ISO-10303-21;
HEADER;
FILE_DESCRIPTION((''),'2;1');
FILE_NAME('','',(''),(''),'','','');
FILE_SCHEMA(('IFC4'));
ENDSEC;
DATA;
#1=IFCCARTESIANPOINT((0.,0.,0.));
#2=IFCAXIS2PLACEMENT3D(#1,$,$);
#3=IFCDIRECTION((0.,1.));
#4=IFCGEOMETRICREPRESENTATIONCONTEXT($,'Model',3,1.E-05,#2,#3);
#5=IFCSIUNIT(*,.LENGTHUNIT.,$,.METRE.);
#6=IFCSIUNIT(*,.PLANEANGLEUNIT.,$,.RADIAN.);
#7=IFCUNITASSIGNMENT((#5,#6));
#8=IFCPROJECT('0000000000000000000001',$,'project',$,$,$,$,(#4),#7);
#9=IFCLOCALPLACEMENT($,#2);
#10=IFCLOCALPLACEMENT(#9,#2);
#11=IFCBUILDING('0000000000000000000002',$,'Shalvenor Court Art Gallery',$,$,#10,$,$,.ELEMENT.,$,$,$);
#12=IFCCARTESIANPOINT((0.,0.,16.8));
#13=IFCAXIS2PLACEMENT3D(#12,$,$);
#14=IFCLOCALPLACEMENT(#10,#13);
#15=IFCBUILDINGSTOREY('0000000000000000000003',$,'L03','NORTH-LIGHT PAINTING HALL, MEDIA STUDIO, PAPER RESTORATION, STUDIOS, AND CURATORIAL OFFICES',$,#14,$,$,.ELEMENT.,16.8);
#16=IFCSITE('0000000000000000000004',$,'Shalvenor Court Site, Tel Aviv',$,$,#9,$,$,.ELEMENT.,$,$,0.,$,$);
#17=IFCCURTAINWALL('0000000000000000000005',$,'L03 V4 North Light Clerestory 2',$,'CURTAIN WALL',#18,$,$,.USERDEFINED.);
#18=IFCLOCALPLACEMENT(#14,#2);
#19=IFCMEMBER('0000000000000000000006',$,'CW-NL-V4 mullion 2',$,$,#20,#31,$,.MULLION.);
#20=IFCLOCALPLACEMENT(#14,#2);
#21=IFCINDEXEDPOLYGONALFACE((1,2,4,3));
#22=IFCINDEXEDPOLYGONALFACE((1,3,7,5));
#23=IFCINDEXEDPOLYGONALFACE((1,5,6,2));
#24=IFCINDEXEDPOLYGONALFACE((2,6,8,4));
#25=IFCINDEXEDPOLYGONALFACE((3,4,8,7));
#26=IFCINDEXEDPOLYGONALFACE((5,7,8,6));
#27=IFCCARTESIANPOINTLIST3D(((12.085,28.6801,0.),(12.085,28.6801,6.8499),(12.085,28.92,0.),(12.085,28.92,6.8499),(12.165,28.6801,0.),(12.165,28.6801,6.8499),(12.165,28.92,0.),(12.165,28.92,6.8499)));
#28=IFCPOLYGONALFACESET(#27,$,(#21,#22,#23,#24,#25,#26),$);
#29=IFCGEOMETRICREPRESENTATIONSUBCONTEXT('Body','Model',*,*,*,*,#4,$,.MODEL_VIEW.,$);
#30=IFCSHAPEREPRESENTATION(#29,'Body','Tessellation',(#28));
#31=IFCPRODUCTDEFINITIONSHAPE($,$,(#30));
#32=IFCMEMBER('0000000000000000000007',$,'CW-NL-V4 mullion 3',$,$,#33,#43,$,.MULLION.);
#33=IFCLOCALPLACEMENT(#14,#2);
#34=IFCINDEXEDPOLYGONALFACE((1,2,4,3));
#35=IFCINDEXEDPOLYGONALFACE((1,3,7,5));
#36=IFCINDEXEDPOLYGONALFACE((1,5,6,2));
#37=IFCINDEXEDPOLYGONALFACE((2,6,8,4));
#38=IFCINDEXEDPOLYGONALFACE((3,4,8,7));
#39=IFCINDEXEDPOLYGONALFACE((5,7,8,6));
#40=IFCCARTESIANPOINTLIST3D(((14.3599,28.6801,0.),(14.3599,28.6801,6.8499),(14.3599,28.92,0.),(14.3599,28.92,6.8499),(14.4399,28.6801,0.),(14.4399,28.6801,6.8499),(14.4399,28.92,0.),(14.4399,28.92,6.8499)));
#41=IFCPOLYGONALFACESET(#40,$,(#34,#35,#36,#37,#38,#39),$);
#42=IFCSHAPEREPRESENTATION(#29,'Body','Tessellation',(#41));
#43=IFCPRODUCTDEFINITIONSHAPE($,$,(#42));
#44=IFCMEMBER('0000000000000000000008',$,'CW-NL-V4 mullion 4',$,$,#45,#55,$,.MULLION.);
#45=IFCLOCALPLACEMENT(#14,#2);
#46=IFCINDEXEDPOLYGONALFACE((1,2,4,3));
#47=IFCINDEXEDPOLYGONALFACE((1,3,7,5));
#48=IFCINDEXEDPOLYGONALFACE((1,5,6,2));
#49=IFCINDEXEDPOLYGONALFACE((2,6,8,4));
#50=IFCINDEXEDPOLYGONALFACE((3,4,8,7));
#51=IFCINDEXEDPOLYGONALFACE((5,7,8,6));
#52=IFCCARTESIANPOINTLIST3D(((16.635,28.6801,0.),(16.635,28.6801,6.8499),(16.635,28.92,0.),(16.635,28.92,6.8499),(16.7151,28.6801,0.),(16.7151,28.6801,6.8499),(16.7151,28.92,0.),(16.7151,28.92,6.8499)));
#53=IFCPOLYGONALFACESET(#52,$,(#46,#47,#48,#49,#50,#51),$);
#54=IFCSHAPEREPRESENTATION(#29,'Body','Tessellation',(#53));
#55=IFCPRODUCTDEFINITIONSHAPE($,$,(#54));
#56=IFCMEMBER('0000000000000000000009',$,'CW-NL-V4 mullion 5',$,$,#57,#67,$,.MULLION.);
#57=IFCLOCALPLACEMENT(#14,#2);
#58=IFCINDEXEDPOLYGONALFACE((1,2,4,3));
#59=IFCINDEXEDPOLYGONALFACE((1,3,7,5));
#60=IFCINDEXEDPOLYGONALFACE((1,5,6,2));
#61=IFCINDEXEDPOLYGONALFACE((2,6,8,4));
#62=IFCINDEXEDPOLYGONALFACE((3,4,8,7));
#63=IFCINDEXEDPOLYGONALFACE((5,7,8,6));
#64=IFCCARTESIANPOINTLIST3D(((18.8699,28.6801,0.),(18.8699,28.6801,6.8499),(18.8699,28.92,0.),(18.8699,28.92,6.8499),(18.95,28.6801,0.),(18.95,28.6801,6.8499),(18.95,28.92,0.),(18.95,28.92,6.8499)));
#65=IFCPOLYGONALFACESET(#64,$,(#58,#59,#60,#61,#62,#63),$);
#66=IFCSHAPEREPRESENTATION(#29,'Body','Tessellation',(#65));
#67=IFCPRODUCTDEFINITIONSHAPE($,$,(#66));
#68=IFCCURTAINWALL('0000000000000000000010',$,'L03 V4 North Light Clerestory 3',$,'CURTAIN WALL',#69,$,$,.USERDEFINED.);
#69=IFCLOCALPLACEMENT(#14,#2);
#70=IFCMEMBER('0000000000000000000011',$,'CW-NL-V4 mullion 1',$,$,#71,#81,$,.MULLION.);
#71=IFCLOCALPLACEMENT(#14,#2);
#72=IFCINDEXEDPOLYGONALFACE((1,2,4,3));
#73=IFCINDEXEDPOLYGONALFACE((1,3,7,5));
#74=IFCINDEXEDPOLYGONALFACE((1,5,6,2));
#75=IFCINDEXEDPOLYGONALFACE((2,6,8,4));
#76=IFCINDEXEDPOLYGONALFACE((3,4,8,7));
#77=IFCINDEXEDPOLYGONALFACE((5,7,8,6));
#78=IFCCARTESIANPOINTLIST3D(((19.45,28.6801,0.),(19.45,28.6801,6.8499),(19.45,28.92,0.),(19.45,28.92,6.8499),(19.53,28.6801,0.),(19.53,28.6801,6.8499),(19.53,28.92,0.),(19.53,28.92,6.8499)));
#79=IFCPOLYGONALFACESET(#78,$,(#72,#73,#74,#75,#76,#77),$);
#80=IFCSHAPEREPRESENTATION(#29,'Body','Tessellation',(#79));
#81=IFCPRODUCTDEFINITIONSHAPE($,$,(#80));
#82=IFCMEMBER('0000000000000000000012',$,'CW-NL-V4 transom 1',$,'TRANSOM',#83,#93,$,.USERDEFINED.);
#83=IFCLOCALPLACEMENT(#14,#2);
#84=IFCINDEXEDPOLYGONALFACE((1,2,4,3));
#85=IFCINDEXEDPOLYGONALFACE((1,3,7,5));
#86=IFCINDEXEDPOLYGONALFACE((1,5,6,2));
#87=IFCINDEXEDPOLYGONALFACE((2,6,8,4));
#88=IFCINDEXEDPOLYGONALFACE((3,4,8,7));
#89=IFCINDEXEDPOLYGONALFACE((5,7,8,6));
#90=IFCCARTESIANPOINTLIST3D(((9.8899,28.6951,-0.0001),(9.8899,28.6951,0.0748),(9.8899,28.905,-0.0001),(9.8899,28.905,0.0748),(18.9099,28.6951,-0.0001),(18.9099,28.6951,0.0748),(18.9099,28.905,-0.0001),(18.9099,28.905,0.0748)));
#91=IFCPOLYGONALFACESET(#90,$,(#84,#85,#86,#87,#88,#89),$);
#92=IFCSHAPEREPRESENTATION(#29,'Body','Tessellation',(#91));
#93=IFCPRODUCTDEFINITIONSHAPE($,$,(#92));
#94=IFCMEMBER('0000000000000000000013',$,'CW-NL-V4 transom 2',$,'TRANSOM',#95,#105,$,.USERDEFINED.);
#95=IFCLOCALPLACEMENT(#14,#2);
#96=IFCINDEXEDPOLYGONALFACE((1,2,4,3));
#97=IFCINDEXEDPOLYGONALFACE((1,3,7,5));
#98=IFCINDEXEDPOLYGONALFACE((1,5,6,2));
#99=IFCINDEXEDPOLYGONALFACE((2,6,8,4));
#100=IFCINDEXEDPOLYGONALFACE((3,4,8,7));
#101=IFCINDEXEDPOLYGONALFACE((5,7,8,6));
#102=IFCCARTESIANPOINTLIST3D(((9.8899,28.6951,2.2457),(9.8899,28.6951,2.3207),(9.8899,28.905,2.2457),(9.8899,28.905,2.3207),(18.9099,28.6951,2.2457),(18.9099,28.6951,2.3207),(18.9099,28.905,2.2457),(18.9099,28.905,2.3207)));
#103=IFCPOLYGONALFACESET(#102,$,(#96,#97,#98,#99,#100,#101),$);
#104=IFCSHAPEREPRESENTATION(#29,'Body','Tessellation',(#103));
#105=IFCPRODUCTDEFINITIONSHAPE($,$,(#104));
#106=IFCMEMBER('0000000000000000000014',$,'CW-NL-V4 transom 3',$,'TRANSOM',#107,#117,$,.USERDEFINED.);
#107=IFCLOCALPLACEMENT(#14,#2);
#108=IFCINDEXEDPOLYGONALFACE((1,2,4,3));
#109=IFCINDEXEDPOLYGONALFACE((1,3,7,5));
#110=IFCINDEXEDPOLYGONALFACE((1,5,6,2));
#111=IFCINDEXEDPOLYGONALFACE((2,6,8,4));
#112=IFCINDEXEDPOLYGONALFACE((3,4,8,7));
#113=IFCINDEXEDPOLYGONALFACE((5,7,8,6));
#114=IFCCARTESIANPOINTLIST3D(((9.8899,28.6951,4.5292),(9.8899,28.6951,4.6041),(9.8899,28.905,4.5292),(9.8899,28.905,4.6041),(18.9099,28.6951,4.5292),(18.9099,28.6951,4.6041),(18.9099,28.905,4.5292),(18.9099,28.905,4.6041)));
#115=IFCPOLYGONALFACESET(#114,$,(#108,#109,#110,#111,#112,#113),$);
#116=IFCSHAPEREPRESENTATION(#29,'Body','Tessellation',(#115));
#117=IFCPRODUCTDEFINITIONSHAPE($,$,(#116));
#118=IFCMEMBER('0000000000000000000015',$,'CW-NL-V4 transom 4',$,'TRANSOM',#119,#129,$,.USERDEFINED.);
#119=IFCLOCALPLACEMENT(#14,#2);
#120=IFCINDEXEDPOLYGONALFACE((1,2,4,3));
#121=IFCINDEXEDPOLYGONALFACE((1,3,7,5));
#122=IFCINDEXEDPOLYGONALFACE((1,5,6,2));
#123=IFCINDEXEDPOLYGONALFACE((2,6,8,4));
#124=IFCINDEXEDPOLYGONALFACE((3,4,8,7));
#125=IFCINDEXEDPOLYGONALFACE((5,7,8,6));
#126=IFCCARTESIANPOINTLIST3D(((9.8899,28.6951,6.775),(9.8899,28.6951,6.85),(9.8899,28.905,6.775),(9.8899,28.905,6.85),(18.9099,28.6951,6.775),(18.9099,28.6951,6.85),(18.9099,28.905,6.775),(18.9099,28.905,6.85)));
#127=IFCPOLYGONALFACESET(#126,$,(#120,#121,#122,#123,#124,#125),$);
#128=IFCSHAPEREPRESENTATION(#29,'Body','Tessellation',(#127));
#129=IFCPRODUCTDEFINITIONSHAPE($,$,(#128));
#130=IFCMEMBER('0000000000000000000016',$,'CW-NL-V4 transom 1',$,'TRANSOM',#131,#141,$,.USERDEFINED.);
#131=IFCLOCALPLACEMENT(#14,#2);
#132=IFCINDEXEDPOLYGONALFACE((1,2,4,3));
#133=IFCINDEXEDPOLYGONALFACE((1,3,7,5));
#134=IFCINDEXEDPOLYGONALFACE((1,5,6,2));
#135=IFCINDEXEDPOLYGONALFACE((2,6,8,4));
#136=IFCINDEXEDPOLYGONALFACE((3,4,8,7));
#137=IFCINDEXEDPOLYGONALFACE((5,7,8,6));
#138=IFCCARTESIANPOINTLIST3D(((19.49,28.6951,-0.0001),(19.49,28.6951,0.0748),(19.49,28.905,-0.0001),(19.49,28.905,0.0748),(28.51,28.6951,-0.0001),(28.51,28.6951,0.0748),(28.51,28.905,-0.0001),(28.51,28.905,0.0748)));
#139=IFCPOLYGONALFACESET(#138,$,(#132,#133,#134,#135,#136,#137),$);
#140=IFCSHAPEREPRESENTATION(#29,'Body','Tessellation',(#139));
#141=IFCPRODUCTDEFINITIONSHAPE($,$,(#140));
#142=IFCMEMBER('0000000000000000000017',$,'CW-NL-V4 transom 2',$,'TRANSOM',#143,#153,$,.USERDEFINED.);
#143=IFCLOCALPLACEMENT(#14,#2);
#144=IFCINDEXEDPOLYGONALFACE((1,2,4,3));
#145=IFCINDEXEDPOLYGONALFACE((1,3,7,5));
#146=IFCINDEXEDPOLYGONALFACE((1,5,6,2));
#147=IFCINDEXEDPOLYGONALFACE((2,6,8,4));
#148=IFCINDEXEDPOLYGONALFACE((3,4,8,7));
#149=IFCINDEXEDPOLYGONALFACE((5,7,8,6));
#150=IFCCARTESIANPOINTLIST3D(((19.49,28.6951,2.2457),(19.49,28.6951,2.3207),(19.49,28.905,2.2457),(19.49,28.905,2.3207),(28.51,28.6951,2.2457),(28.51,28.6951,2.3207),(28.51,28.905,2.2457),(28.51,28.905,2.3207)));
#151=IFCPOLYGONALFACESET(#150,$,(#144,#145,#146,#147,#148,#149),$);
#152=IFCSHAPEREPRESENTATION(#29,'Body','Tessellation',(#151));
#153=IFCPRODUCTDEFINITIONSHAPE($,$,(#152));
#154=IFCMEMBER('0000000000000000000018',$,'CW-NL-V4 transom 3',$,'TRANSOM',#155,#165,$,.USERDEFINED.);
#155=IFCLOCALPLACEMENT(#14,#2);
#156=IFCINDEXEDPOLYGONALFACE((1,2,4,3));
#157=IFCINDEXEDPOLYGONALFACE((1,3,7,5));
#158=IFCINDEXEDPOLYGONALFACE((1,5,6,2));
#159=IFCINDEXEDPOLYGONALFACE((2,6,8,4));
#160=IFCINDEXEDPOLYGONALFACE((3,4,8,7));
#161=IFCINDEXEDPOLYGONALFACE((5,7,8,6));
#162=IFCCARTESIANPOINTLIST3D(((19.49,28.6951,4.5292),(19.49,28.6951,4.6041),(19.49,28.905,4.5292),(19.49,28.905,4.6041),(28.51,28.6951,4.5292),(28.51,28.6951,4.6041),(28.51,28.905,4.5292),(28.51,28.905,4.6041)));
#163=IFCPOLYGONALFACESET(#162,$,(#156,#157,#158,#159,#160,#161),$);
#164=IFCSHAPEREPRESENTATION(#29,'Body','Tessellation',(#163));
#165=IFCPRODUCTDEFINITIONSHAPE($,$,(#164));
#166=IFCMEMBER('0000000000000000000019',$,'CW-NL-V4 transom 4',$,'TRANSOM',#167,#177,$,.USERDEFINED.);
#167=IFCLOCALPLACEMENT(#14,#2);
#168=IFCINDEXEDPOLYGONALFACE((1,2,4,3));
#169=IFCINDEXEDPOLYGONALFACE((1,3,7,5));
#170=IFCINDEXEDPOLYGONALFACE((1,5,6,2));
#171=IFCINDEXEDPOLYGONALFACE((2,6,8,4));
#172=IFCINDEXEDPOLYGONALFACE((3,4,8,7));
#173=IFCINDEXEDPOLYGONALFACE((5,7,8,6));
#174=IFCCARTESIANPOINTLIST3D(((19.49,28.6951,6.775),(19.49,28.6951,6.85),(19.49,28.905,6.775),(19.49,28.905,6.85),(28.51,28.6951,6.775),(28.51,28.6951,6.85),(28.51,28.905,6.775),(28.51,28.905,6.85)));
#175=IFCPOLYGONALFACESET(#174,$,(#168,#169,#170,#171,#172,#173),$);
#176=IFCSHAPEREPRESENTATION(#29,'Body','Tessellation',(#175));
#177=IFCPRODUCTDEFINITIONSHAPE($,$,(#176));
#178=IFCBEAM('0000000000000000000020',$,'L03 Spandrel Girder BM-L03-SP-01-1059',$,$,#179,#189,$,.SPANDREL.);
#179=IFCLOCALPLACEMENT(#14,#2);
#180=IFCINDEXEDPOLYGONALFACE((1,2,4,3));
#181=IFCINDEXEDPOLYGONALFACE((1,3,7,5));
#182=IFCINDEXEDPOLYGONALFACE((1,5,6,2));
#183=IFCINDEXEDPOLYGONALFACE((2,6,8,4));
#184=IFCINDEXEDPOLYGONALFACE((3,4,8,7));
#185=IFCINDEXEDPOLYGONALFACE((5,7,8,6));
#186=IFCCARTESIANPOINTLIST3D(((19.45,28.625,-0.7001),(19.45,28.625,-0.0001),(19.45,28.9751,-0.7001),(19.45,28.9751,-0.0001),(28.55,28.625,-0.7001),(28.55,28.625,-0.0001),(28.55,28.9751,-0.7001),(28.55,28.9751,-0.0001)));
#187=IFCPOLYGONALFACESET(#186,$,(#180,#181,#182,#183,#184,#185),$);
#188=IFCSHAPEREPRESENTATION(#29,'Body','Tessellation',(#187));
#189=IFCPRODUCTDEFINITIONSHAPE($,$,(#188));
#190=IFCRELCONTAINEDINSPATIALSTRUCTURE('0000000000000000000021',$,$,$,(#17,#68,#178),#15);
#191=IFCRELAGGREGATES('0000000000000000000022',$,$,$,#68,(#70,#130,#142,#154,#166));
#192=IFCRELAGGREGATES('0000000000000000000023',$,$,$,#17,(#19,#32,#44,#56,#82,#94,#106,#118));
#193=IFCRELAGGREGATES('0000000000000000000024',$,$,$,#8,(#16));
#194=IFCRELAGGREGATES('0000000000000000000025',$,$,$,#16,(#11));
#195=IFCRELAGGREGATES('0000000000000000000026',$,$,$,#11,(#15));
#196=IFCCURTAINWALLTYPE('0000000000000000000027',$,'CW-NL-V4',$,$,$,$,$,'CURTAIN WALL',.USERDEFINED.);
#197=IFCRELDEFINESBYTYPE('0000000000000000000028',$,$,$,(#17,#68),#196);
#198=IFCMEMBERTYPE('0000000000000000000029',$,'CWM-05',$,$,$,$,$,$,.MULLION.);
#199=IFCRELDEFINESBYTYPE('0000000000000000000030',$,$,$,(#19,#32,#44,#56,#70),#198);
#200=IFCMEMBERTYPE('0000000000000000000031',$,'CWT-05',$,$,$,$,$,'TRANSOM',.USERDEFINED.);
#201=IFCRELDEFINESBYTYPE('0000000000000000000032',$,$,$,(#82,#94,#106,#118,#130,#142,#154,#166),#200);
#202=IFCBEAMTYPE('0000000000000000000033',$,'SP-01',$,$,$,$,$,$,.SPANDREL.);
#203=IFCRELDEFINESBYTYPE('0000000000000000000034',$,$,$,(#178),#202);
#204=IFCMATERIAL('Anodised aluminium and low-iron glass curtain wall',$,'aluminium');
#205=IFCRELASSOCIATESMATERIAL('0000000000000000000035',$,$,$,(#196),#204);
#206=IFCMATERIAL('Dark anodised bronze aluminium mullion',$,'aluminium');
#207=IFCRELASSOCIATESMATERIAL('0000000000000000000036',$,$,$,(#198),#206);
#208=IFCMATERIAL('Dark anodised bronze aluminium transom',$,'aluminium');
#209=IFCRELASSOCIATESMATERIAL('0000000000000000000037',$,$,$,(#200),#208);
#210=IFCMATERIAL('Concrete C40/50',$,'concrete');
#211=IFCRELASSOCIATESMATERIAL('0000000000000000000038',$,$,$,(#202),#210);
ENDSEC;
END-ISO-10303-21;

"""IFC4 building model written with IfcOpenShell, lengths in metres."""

from ifc_helpers import new_model, si_unit, direction, frame, origin, origin_2d, place, context, subcontext, project, spatial, rectangle, extrude, material, material_profile, profile_set, type_object, element, aggregate, save


model = new_model("IFC4")

# Units and contexts
model_context = context("Model", 3, precision=1e-05, world=origin(), true_north=direction((0.0, 1.0)))
body_context = subcontext(model_context, "Body", "Model", "MODEL_VIEW")
ifc_project = project(units=[si_unit("LENGTHUNIT", "METRE"), si_unit("PLANEANGLEUNIT", "RADIAN")], contexts=[model_context])

# Site, building, storey
site_placement = place(None, origin())
site = spatial("IfcSite", under=ifc_project, at=site_placement, Name="Shalvenor Court Site, Tel Aviv", CompositionType="ELEMENT", RefElevation=0.0)
building_placement = place(site_placement, origin())
building = spatial("IfcBuilding", under=site, at=building_placement, Name="Shalvenor Court Art Gallery", CompositionType="ELEMENT")
storey_placement = place(building_placement, frame((0.0, 0.0, 16.8)))
storey = spatial("IfcBuildingStorey", under=building, at=storey_placement, Name="L03", Description="NORTH-LIGHT PAINTING HALL, MEDIA STUDIO, PAPER RESTORATION, STUDIOS, AND CURATORIAL OFFICES", CompositionType="ELEMENT", Elevation=16.8)

# Curtain wall, members
ifc_material_1 = material(Name="Anodised aluminium and low-iron glass curtain wall", Category="aluminium")
curtain_wall_type = type_object("IfcCurtainWallType", Name="CW-NL-V4", ElementType="CURTAIN WALL", PredefinedType="USERDEFINED", material=ifc_material_1)
curtain_wall_1_placement = place(storey_placement, origin())
curtain_wall_1 = element("IfcCurtainWall", 1, at=curtain_wall_1_placement, inside=storey, type_object=curtain_wall_type, Name="L03 V4 North Light Clerestory 2", ObjectType="CURTAIN WALL", PredefinedType="USERDEFINED")
ifc_material_2 = material(Name="Dark anodised bronze aluminium mullion", Category="aluminium")
ifc_material_profile_1 = material_profile(ifc_material_2, rectangle(XDim=0.0801, YDim=0.24, at=origin_2d()), Name="CWM-05")
ifc_profile_set_1 = profile_set([ifc_material_profile_1], Name="Dark anodised bronze aluminium mullion")
member_type_1 = type_object("IfcMemberType", Name="CWM-05", PredefinedType="MULLION", material=ifc_profile_set_1)
member_1_placement = place(storey_placement, frame((12.125, 28.8, 0.0), z_axis=(0.0, 0.0, 1.0), x_axis=(1.0, 0.0, 0.0)))
member_1 = element("IfcMember", 2, at=member_1_placement, type_object=member_type_1, Name="CW-NL-V4 mullion 2", PredefinedType="MULLION", context=body_context, shape_type="SweptSolid", body=[
    extrude(rectangle(XDim=0.0801, YDim=0.24, at=origin_2d()), origin(), (0.0, 0.0, 1.0), 6.8499),
])
member_2_placement = place(storey_placement, frame((14.3999, 28.8, 0.0), z_axis=(0.0, 0.0, 1.0), x_axis=(1.0, 0.0, 0.0)))
member_2 = element("IfcMember", 3, at=member_2_placement, type_object=member_type_1, Name="CW-NL-V4 mullion 3", PredefinedType="MULLION", context=body_context, shape_type="SweptSolid", body=[
    extrude(rectangle(XDim=0.0801, YDim=0.24, at=origin_2d()), origin(), (0.0, 0.0, 1.0), 6.8499),
])
member_3_placement = place(storey_placement, frame((16.675, 28.8, 0.0), z_axis=(0.0, 0.0, 1.0), x_axis=(1.0, 0.0, 0.0)))
member_3 = element("IfcMember", 4, at=member_3_placement, type_object=member_type_1, Name="CW-NL-V4 mullion 4", PredefinedType="MULLION", context=body_context, shape_type="SweptSolid", body=[
    extrude(rectangle(XDim=0.0801, YDim=0.24, at=origin_2d()), origin(), (0.0, 0.0, 1.0), 6.8499),
])
member_4_placement = place(storey_placement, frame((18.9099, 28.8, 0.0), z_axis=(0.0, 0.0, 1.0), x_axis=(1.0, 0.0, 0.0)))
member_4 = element("IfcMember", 5, at=member_4_placement, type_object=member_type_1, Name="CW-NL-V4 mullion 5", PredefinedType="MULLION", context=body_context, shape_type="SweptSolid", body=[
    extrude(rectangle(XDim=0.0801, YDim=0.24, at=origin_2d()), origin(), (0.0, 0.0, 1.0), 6.8499),
])

# Curtain wall, member
curtain_wall_2_placement = place(storey_placement, origin())
curtain_wall_2 = element("IfcCurtainWall", 6, at=curtain_wall_2_placement, inside=storey, type_object=curtain_wall_type, Name="L03 V4 North Light Clerestory 3", ObjectType="CURTAIN WALL", PredefinedType="USERDEFINED")
member_5_placement = place(storey_placement, frame((19.49, 28.8, 0.0), z_axis=(0.0, 0.0, 1.0), x_axis=(1.0, 0.0, 0.0)))
member_5 = element("IfcMember", 7, at=member_5_placement, type_object=member_type_1, Name="CW-NL-V4 mullion 1", PredefinedType="MULLION", context=body_context, shape_type="SweptSolid", body=[
    extrude(rectangle(XDim=0.0801, YDim=0.24, at=origin_2d()), origin(), (0.0, 0.0, 1.0), 6.8499),
])

# Members
ifc_material_3 = material(Name="Dark anodised bronze aluminium transom", Category="aluminium")
ifc_material_profile_2 = material_profile(ifc_material_3, rectangle(XDim=0.21, YDim=0.075, at=origin_2d()), Name="CWT-05")
ifc_profile_set_2 = profile_set([ifc_material_profile_2], Name="Dark anodised bronze aluminium transom")
member_type_2 = type_object("IfcMemberType", Name="CWT-05", ElementType="TRANSOM", PredefinedType="USERDEFINED", material=ifc_profile_set_2)
member_6_placement = place(storey_placement, frame((9.8899, 28.8, 0.0374), z_axis=(1.0, 0.0, 0.0), x_axis=(0.0, 1.0, 0.0)))
member_6 = element("IfcMember", 8, at=member_6_placement, type_object=member_type_2, Name="CW-NL-V4 transom 1", ObjectType="TRANSOM", PredefinedType="USERDEFINED", context=body_context, shape_type="SweptSolid", body=[
    extrude(rectangle(XDim=0.21, YDim=0.075, at=origin_2d()), origin(), (0.0, 0.0, 1.0), 9.02),
])
member_7_placement = place(storey_placement, frame((9.8899, 28.8, 2.2832), z_axis=(1.0, 0.0, 0.0), x_axis=(0.0, 1.0, 0.0)))
member_7 = element("IfcMember", 9, at=member_7_placement, type_object=member_type_2, Name="CW-NL-V4 transom 2", ObjectType="TRANSOM", PredefinedType="USERDEFINED", context=body_context, shape_type="SweptSolid", body=[
    extrude(rectangle(XDim=0.21, YDim=0.075, at=origin_2d()), origin(), (0.0, 0.0, 1.0), 9.02),
])
member_8_placement = place(storey_placement, frame((9.8899, 28.8, 4.5667), z_axis=(1.0, 0.0, 0.0), x_axis=(0.0, 1.0, 0.0)))
member_8 = element("IfcMember", 10, at=member_8_placement, type_object=member_type_2, Name="CW-NL-V4 transom 3", ObjectType="TRANSOM", PredefinedType="USERDEFINED", context=body_context, shape_type="SweptSolid", body=[
    extrude(rectangle(XDim=0.21, YDim=0.075, at=origin_2d()), origin(), (0.0, 0.0, 1.0), 9.02),
])
member_9_placement = place(storey_placement, frame((9.8899, 28.8, 6.8125), z_axis=(1.0, 0.0, 0.0), x_axis=(0.0, 1.0, 0.0)))
member_9 = element("IfcMember", 11, at=member_9_placement, type_object=member_type_2, Name="CW-NL-V4 transom 4", ObjectType="TRANSOM", PredefinedType="USERDEFINED", context=body_context, shape_type="SweptSolid", body=[
    extrude(rectangle(XDim=0.21, YDim=0.075, at=origin_2d()), origin(), (0.0, 0.0, 1.0), 9.02),
])
member_10_placement = place(storey_placement, frame((19.49, 28.8, 0.0374), z_axis=(1.0, 0.0, 0.0), x_axis=(0.0, 1.0, 0.0)))
member_10 = element("IfcMember", 12, at=member_10_placement, type_object=member_type_2, Name="CW-NL-V4 transom 1", ObjectType="TRANSOM", PredefinedType="USERDEFINED", context=body_context, shape_type="SweptSolid", body=[
    extrude(rectangle(XDim=0.21, YDim=0.075, at=origin_2d()), origin(), (0.0, 0.0, 1.0), 9.02),
])
member_11_placement = place(storey_placement, frame((19.49, 28.8, 2.2832), z_axis=(1.0, 0.0, 0.0), x_axis=(0.0, 1.0, 0.0)))
member_11 = element("IfcMember", 13, at=member_11_placement, type_object=member_type_2, Name="CW-NL-V4 transom 2", ObjectType="TRANSOM", PredefinedType="USERDEFINED", context=body_context, shape_type="SweptSolid", body=[
    extrude(rectangle(XDim=0.21, YDim=0.075, at=origin_2d()), origin(), (0.0, 0.0, 1.0), 9.02),
])
member_12_placement = place(storey_placement, frame((19.49, 28.8, 4.5667), z_axis=(1.0, 0.0, 0.0), x_axis=(0.0, 1.0, 0.0)))
member_12 = element("IfcMember", 14, at=member_12_placement, type_object=member_type_2, Name="CW-NL-V4 transom 3", ObjectType="TRANSOM", PredefinedType="USERDEFINED", context=body_context, shape_type="SweptSolid", body=[
    extrude(rectangle(XDim=0.21, YDim=0.075, at=origin_2d()), origin(), (0.0, 0.0, 1.0), 9.02),
])
member_13_placement = place(storey_placement, frame((19.49, 28.8, 6.8125), z_axis=(1.0, 0.0, 0.0), x_axis=(0.0, 1.0, 0.0)))
member_13 = element("IfcMember", 15, at=member_13_placement, type_object=member_type_2, Name="CW-NL-V4 transom 4", ObjectType="TRANSOM", PredefinedType="USERDEFINED", context=body_context, shape_type="SweptSolid", body=[
    extrude(rectangle(XDim=0.21, YDim=0.075, at=origin_2d()), origin(), (0.0, 0.0, 1.0), 9.02),
])
aggregate(curtain_wall_2, [member_5, member_10, member_11, member_12, member_13])

# Beam
ifc_material_4 = material(Name="Concrete C40/50", Category="concrete")
ifc_material_profile_3 = material_profile(ifc_material_4, rectangle(XDim=0.3501, YDim=0.7, at=origin_2d()), Name="RC 350x700")
ifc_profile_set_3 = profile_set([ifc_material_profile_3], Name="Concrete C40/50")
beam_type = type_object("IfcBeamType", Name="SP-01", PredefinedType="SPANDREL", material=ifc_profile_set_3)
beam_placement = place(storey_placement, frame((19.45, 28.8, -0.3501), z_axis=(1.0, 0.0, 0.0), x_axis=(0.0, 1.0, 0.0)))
element("IfcBeam", 16, at=beam_placement, inside=storey, type_object=beam_type, Name="L03 Spandrel Girder BM-L03-SP-01-1059", PredefinedType="SPANDREL", context=body_context, shape_type="SweptSolid", body=[
    extrude(rectangle(XDim=0.3501, YDim=0.7, at=origin_2d()), origin(), (0.0, 0.0, 1.0), 9.1001),
])

aggregate(curtain_wall_1, [member_1, member_2, member_3, member_4, member_6, member_7, member_8, member_9])

save(model, "model.ifc")
